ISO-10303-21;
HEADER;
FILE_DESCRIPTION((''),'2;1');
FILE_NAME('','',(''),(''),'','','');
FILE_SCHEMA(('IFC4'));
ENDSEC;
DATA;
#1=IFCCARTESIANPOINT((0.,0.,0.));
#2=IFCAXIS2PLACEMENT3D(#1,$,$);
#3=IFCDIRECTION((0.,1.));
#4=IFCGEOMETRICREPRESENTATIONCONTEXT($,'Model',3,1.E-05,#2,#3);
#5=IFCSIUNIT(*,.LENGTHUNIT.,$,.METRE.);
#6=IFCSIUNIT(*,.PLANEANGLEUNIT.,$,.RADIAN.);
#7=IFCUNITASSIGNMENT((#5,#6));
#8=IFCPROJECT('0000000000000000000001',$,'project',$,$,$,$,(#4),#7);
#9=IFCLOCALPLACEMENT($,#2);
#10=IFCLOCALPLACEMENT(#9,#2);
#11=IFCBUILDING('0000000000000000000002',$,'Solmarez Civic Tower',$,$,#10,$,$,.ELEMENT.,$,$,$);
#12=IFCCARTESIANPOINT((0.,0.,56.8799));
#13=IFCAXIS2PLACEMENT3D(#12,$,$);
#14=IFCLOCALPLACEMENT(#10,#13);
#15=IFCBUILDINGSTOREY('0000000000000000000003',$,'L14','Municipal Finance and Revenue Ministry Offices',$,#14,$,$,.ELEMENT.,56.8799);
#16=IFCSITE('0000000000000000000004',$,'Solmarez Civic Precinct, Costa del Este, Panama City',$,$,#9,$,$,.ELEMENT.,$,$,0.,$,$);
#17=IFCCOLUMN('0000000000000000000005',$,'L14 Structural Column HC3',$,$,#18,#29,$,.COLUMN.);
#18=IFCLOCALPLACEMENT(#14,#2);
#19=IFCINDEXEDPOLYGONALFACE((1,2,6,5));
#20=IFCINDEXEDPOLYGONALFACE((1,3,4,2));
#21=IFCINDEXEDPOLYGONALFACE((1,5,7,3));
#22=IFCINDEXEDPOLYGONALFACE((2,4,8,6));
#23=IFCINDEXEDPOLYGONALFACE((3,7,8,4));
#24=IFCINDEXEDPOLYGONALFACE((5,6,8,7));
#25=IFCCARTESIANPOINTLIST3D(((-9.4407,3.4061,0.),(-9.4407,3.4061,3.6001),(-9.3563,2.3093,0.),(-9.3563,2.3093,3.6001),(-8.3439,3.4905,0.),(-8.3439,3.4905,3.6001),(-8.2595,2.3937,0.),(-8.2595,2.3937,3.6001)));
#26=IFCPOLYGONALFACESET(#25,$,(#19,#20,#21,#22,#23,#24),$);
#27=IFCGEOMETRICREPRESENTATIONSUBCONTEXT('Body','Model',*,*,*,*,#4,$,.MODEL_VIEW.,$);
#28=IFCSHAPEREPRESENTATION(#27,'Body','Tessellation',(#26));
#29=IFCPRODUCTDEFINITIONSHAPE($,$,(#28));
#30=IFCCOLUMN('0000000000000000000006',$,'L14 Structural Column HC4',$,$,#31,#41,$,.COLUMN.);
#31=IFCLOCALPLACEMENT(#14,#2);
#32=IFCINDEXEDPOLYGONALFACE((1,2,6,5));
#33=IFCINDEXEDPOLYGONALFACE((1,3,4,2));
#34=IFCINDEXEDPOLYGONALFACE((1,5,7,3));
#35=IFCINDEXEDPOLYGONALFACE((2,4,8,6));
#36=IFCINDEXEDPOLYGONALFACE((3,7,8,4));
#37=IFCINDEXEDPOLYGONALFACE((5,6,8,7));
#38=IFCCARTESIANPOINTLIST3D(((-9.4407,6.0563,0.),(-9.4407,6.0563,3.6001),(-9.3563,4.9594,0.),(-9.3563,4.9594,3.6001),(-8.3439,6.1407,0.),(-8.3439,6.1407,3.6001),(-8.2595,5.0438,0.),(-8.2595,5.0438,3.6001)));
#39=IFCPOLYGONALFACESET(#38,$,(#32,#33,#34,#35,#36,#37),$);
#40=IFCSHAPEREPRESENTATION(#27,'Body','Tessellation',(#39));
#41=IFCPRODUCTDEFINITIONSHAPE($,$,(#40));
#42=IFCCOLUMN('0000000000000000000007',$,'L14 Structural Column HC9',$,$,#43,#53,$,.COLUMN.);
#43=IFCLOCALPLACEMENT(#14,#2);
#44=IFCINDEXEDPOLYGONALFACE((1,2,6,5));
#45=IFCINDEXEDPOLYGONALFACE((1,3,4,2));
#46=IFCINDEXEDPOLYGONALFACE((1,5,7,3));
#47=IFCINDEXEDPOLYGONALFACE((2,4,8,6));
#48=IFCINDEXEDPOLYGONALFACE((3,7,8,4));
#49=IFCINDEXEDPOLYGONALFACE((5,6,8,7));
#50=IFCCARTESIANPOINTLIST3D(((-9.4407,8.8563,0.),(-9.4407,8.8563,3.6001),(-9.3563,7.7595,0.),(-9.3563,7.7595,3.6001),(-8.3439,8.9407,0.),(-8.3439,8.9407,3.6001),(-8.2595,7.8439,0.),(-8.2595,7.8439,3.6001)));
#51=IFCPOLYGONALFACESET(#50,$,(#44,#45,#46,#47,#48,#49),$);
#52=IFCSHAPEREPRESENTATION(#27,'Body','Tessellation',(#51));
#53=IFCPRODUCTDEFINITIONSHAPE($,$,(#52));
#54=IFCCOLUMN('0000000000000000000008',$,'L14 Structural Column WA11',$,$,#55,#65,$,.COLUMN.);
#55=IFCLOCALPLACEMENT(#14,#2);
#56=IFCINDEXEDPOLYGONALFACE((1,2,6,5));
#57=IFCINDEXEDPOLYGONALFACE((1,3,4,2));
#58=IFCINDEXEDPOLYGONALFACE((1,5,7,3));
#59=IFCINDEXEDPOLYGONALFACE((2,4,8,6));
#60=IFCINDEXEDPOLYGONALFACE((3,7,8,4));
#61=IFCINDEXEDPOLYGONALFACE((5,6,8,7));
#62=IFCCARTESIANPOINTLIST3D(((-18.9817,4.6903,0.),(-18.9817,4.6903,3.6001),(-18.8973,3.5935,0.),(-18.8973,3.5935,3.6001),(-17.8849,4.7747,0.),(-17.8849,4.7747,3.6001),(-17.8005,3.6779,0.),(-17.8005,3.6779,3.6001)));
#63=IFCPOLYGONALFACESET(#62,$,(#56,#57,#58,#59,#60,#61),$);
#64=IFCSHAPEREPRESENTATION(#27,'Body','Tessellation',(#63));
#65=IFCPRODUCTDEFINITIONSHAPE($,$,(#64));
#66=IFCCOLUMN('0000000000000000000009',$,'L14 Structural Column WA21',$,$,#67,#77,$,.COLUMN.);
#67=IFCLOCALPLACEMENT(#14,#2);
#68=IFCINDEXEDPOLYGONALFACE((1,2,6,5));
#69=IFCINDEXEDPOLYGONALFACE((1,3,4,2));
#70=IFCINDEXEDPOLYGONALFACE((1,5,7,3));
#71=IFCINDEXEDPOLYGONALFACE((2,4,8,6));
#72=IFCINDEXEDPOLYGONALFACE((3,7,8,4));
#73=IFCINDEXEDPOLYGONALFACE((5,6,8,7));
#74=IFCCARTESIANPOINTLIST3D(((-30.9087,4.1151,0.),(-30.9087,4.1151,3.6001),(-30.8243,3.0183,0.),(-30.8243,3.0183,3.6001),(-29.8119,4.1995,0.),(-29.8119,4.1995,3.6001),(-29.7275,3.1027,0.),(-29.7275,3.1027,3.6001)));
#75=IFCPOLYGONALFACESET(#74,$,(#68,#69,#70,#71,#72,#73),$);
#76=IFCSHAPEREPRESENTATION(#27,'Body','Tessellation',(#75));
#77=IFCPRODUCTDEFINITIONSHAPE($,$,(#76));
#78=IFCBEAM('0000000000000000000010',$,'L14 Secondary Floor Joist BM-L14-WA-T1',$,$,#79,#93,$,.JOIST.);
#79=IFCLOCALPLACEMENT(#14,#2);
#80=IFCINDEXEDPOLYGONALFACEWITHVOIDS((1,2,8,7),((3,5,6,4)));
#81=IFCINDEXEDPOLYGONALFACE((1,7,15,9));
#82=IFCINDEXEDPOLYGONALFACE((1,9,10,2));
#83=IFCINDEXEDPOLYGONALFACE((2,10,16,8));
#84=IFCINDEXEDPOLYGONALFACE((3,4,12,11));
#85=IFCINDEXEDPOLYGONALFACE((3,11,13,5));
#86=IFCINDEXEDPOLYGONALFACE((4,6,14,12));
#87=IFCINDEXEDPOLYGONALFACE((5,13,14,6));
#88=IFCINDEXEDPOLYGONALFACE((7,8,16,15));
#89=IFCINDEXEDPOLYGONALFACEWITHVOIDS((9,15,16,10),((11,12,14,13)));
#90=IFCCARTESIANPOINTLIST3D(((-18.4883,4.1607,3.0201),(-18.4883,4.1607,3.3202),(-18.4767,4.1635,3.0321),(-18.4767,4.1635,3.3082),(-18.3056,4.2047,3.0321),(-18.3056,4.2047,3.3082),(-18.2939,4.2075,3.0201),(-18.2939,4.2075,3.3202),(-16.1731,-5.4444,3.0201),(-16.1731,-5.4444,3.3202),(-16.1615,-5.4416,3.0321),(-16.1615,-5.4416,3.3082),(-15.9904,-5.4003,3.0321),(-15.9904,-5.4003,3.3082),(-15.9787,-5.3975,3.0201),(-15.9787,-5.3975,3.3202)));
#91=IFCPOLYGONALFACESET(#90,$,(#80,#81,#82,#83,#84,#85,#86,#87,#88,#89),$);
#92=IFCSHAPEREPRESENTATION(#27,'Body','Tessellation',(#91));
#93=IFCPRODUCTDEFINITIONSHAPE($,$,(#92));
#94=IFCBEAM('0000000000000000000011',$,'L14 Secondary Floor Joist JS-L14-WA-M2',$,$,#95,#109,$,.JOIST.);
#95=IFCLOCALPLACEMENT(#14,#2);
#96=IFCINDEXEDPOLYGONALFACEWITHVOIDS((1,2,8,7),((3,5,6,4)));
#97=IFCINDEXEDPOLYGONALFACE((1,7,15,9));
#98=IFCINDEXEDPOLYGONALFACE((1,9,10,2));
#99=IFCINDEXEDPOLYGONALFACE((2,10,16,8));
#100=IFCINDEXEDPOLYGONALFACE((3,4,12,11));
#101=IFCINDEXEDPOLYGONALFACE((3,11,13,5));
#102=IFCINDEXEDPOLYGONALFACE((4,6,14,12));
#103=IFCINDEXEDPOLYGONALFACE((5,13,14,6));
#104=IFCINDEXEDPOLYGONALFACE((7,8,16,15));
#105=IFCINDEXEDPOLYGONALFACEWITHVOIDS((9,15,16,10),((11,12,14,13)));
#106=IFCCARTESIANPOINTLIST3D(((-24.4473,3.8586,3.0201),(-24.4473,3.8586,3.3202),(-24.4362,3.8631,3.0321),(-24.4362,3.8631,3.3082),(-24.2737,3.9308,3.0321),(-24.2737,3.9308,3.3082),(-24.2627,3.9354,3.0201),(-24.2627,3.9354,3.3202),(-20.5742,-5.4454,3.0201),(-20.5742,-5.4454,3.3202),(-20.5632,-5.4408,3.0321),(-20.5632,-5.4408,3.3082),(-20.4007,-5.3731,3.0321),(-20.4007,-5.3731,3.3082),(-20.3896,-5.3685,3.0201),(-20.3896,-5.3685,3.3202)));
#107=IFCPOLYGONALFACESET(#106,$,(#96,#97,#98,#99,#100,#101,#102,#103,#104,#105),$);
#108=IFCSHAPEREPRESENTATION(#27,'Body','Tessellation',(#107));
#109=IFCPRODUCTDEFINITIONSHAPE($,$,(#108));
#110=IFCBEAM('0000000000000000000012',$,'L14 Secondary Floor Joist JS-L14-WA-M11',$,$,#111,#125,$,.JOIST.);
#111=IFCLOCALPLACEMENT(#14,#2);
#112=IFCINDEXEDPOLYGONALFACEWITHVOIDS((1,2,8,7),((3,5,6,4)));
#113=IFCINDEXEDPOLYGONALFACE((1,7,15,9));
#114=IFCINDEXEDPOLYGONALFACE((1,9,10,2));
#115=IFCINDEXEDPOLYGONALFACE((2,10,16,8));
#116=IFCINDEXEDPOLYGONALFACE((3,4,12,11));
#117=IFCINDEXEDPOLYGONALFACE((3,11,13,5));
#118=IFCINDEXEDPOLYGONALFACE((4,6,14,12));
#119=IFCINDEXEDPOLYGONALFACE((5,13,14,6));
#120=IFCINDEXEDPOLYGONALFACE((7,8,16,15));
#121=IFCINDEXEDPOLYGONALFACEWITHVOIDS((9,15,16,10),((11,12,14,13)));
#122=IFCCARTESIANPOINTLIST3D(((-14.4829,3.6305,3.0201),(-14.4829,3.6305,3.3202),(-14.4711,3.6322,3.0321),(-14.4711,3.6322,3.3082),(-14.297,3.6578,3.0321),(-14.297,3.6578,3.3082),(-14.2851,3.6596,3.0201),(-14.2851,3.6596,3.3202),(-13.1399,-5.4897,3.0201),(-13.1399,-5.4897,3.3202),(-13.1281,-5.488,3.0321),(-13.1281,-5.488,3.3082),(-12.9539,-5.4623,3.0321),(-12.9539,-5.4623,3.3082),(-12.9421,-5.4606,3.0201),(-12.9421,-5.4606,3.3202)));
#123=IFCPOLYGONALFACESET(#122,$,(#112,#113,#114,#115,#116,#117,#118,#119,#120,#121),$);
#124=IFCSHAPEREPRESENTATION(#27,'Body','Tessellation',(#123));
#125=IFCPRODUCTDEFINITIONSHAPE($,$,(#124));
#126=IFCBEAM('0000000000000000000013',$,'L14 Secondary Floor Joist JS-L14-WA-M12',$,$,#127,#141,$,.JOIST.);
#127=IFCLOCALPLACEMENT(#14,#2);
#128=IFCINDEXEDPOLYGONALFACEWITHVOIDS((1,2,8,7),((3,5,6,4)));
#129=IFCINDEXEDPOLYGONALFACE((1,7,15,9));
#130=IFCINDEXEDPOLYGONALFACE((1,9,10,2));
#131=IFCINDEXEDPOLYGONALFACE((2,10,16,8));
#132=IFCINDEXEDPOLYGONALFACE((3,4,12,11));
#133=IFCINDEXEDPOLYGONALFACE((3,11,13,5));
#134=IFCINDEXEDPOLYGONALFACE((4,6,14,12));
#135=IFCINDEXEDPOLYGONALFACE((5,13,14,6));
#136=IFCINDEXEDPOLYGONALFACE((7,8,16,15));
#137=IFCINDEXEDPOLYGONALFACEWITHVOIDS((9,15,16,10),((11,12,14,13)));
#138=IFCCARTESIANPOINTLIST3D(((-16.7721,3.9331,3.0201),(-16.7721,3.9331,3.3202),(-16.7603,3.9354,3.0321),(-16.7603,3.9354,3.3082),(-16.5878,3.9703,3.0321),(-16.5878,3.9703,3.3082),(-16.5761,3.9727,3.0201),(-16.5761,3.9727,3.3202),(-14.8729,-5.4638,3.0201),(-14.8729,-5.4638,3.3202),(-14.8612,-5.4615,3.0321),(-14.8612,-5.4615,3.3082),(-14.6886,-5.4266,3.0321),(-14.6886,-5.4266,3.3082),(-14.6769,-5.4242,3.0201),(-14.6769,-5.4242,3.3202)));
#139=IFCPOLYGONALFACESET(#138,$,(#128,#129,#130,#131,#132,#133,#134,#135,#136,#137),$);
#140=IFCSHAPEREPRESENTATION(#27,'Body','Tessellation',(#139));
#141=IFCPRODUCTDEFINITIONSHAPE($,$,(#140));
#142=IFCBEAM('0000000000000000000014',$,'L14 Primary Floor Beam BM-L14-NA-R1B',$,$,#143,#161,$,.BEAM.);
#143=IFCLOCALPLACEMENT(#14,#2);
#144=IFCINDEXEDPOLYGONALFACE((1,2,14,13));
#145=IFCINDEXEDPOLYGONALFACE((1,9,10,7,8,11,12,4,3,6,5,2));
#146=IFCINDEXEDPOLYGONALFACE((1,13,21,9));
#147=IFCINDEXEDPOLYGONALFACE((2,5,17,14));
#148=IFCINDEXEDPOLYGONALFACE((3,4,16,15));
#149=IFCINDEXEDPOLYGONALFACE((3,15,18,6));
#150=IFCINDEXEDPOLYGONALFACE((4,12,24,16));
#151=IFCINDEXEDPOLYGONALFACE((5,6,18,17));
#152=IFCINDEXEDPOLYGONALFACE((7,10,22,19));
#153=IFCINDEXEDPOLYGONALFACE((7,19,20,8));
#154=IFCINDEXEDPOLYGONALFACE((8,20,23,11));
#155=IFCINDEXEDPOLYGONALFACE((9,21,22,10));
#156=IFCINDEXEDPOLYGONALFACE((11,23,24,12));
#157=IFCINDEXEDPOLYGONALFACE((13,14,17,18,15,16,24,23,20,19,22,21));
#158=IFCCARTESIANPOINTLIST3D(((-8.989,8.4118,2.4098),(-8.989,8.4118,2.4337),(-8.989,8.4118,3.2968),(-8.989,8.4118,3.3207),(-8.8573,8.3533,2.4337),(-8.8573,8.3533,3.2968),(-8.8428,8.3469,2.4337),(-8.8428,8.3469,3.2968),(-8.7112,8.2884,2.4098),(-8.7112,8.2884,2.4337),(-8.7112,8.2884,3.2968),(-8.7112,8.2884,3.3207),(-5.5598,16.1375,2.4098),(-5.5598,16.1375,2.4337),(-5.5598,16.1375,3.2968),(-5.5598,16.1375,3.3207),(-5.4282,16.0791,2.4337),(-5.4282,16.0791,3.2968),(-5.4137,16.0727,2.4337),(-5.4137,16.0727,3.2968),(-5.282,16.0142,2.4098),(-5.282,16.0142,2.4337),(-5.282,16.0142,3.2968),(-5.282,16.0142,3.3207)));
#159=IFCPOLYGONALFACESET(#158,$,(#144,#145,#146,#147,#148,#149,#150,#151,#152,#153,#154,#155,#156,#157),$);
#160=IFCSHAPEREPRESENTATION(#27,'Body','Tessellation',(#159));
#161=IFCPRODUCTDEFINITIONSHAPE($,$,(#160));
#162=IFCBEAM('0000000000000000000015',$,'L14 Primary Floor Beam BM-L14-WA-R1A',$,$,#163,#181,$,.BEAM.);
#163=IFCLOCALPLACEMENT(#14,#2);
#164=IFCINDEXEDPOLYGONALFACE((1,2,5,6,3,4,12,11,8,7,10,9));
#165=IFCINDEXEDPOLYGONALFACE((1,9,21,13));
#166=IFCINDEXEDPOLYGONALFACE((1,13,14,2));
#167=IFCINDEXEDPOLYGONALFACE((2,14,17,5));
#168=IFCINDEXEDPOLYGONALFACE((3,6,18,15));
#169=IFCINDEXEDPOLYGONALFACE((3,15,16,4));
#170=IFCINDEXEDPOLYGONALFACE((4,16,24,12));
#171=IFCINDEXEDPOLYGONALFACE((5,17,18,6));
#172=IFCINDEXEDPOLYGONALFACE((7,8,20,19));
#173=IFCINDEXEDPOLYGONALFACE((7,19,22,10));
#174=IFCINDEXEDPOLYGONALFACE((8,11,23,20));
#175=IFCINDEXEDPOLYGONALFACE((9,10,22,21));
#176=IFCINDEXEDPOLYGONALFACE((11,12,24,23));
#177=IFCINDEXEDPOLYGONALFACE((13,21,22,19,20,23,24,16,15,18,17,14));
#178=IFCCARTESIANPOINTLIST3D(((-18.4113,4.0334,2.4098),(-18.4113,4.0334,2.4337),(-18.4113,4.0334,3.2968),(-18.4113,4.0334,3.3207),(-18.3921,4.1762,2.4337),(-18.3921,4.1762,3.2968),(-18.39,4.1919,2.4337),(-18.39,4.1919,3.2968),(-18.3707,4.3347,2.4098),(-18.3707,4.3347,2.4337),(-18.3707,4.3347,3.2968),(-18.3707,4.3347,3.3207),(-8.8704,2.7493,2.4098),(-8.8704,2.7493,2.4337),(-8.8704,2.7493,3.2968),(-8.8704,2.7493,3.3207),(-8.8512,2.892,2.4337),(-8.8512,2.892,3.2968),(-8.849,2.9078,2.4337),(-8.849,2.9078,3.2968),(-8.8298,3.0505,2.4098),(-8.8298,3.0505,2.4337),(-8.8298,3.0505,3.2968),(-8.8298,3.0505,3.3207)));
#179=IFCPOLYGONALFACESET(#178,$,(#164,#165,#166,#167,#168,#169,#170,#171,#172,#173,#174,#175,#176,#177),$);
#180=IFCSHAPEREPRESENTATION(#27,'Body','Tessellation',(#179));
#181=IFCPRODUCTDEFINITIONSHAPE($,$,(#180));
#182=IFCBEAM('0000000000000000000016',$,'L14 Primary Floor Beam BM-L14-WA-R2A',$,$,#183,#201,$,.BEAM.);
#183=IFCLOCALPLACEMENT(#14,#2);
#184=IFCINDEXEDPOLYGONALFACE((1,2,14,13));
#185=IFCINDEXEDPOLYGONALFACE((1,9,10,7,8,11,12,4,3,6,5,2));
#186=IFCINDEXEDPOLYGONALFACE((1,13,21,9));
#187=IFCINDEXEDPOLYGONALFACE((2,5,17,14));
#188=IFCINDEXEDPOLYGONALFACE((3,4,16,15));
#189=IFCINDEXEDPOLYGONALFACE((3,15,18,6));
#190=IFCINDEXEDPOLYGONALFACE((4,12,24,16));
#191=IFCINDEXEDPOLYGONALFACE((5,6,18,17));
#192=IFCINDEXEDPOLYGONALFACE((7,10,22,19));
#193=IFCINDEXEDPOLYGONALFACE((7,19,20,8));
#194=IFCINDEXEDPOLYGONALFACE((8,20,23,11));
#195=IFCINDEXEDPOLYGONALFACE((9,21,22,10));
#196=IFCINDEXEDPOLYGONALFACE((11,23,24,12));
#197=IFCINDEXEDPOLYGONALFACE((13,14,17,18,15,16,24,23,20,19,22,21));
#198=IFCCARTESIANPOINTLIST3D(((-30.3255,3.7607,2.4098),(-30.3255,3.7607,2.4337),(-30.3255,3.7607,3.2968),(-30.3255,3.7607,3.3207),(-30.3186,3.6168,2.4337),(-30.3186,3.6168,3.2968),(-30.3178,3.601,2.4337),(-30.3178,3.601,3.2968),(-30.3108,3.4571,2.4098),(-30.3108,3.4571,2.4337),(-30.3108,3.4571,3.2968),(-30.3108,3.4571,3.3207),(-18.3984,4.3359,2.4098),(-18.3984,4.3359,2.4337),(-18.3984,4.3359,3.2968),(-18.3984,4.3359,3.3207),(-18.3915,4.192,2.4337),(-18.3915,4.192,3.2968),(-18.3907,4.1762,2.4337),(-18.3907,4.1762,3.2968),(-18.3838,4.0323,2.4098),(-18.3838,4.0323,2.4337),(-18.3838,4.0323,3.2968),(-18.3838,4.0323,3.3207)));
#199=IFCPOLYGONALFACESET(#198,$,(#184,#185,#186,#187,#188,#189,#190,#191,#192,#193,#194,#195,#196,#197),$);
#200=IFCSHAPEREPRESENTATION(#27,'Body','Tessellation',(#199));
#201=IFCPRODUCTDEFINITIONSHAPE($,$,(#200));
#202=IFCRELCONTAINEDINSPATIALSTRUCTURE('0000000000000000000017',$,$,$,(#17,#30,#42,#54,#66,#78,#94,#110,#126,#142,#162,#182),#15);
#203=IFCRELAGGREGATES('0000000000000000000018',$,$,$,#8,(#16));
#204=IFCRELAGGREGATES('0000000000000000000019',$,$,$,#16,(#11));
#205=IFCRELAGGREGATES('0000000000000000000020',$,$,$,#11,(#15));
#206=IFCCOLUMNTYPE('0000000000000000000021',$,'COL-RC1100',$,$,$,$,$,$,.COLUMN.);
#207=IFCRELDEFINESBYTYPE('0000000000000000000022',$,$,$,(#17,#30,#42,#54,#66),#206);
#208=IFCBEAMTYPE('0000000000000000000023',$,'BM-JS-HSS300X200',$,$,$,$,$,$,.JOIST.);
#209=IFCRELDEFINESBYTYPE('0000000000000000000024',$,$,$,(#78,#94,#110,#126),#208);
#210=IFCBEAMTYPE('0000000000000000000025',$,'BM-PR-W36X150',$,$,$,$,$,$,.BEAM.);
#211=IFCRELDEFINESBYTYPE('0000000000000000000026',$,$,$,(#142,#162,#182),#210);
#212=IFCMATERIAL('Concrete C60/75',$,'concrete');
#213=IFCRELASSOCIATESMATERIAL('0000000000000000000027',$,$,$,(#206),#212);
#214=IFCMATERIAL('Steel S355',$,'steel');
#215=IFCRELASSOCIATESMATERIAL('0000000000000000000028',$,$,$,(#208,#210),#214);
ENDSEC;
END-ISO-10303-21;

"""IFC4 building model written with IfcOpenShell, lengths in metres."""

from ifc_helpers import new_model, si_unit, direction, frame, origin, origin_2d, place, context, subcontext, project, spatial, rectangle, hollow_rectangle, i_section, extrude, material, material_profile, profile_set, type_object, element, save


model = new_model("IFC4")

# Units and contexts
model_context = context("Model", 3, precision=1e-05, world=origin(), true_north=direction((0.0, 1.0)))
body_context = subcontext(model_context, "Body", "Model", "MODEL_VIEW")
ifc_project = project(units=[si_unit("LENGTHUNIT", "METRE"), si_unit("PLANEANGLEUNIT", "RADIAN")], contexts=[model_context])

# Site, building, storey
site_placement = place(None, origin())
site = spatial("IfcSite", under=ifc_project, at=site_placement, Name="Solmarez Civic Precinct, Costa del Este, Panama City", CompositionType="ELEMENT", RefElevation=0.0)
building_placement = place(site_placement, origin())
building = spatial("IfcBuilding", under=site, at=building_placement, Name="Solmarez Civic Tower", CompositionType="ELEMENT")
storey_placement = place(building_placement, frame((0.0, 0.0, 56.8799)))
storey = spatial("IfcBuildingStorey", under=building, at=storey_placement, Name="L14", Description="Municipal Finance and Revenue Ministry Offices", CompositionType="ELEMENT", Elevation=56.8799)

# Columns
ifc_material_1 = material(Name="Concrete C60/75", Category="concrete")
ifc_material_profile_1 = material_profile(ifc_material_1, rectangle(XDim=1.1001, YDim=1.1001, at=origin_2d()), Name="RC1100X1100")
ifc_profile_set_1 = profile_set([ifc_material_profile_1], Name="Concrete C60/75")
column_type = type_object("IfcColumnType", Name="COL-RC1100", PredefinedType="COLUMN", material=ifc_profile_set_1)
for number, where, z_axis, x_axis, name in (
    (1, (-8.8501, 2.8999, 0.0), (0.0, 0.0, 1.0), (0.997053, 0.076719, 0.0), "L14 Structural Column HC3"),
    (2, (-8.8501, 5.55, 0.0), (0.0, 0.0, 1.0), (0.997053, 0.076719, 0.0), "L14 Structural Column HC4"),
    (3, (-8.8501, 8.3501, 0.0), (0.0, 0.0, 1.0), (0.997053, 0.076719, 0.0), "L14 Structural Column HC9"),
    (4, (-18.3911, 4.1841, 0.0), (0.0, 0.0, 1.0), (0.997053, 0.076719, 0.0), "L14 Structural Column WA11"),
    (5, (-30.3181, 3.6089, 0.0), (0.0, 0.0, 1.0), (0.997053, 0.076719, 0.0), "L14 Structural Column WA21"),
):
    element("IfcColumn", number, at=place(storey_placement, frame(where, z_axis=z_axis, x_axis=x_axis)), inside=storey, type_object=column_type, Name=name, PredefinedType="COLUMN", context=body_context, shape_type="SweptSolid", body=[
        extrude(rectangle(XDim=1.1001, YDim=1.1001, at=origin_2d()), origin(), (0.0, 0.0, 1.0), 3.6001),
    ])

# Beams
ifc_material_2 = material(Name="Steel S355", Category="steel")
ifc_material_profile_2 = material_profile(ifc_material_2, hollow_rectangle(XDim=0.2, YDim=0.3, WallThickness=0.012, at=origin_2d()), Name="HSS300X200X12")
ifc_profile_set_2 = profile_set([ifc_material_profile_2], Name="Steel S355")
beam_type_1 = type_object("IfcBeamType", Name="BM-JS-HSS300X200", PredefinedType="JOIST", material=ifc_profile_set_2)
beam_1_placement = place(storey_placement, frame((-18.3911, 4.1841, 3.1702), z_axis=(0.234329, -0.972157, 0.0), x_axis=(0.972157, 0.234329, 0.0)))
element("IfcBeam", 6, at=beam_1_placement, inside=storey, type_object=beam_type_1, Name="L14 Secondary Floor Joist BM-L14-WA-T1", PredefinedType="JOIST", context=body_context, shape_type="SweptSolid", body=[
    extrude(hollow_rectangle(XDim=0.2, YDim=0.3, WallThickness=0.012, at=origin_2d()), origin(), (0.0, 0.0, 1.0), 9.8801),
])
beam_2_placement = place(storey_placement, frame((-24.355, 3.897, 3.1702), z_axis=(0.384311, -0.923204, 0.0), x_axis=(0.923204, 0.384311, 0.0)))
element("IfcBeam", 7, at=beam_2_placement, inside=storey, type_object=beam_type_1, Name="L14 Secondary Floor Joist JS-L14-WA-M2", PredefinedType="JOIST", context=body_context, shape_type="SweptSolid", body=[
    extrude(hollow_rectangle(XDim=0.2, YDim=0.3, WallThickness=0.012, at=origin_2d()), origin(), (0.0, 0.0, 1.0), 10.0779),
])
beam_3_placement = place(storey_placement, frame((-14.384, 3.645, 3.1702), z_axis=(0.145688, -0.989331, 0.0), x_axis=(0.989331, 0.145688, 0.0)))
element("IfcBeam", 8, at=beam_3_placement, inside=storey, type_object=beam_type_1, Name="L14 Secondary Floor Joist JS-L14-WA-M11", PredefinedType="JOIST", context=body_context, shape_type="SweptSolid", body=[
    extrude(hollow_rectangle(XDim=0.2, YDim=0.3, WallThickness=0.012, at=origin_2d()), origin(), (0.0, 0.0, 1.0), 9.2185),
])
beam_4_placement = place(storey_placement, frame((-16.6741, 3.9529, 3.1702), z_axis=(0.198099, -0.980182, 0.0), x_axis=(0.980182, 0.198099, 0.0)))
element("IfcBeam", 9, at=beam_4_placement, inside=storey, type_object=beam_type_1, Name="L14 Secondary Floor Joist JS-L14-WA-M12", PredefinedType="JOIST", context=body_context, shape_type="SweptSolid", body=[
    extrude(hollow_rectangle(XDim=0.2, YDim=0.3, WallThickness=0.012, at=origin_2d()), origin(), (0.0, 0.0, 1.0), 9.5869),
])
ifc_material_profile_3 = material_profile(ifc_material_2, i_section(OverallWidth=0.304, OverallDepth=0.9109, WebThickness=0.0159, FlangeThickness=0.0239, at=origin_2d()), Name="W36X150")
ifc_profile_set_3 = profile_set([ifc_material_profile_3], Name="Steel S355")
beam_type_2 = type_object("IfcBeamType", Name="BM-PR-W36X150", PredefinedType="BEAM", material=ifc_profile_set_3)
beam_5_placement = place(storey_placement, frame((-8.8501, 8.3501, 2.8652), z_axis=(0.405694, 0.914009, 0.0), x_axis=(-0.914009, 0.405694, 0.0)))
element("IfcBeam", 10, at=beam_5_placement, inside=storey, type_object=beam_type_2, Name="L14 Primary Floor Beam BM-L14-NA-R1B", PredefinedType="BEAM", context=body_context, shape_type="SweptSolid", body=[
    extrude(i_section(OverallWidth=0.304, OverallDepth=0.9109, WebThickness=0.0159, FlangeThickness=0.0239, at=origin_2d()), origin(), (0.0, 0.0, 1.0), 8.4526),
])
beam_6_placement = place(storey_placement, frame((-8.8501, 2.8999, 2.8652), z_axis=(-0.991063, 0.133393, 0.0), x_axis=(-0.133393, -0.991063, 0.0)))
element("IfcBeam", 11, at=beam_6_placement, inside=storey, type_object=beam_type_2, Name="L14 Primary Floor Beam BM-L14-WA-R1A", PredefinedType="BEAM", context=body_context, shape_type="SweptSolid", body=[
    extrude(i_section(OverallWidth=0.304, OverallDepth=0.9109, WebThickness=0.0159, FlangeThickness=0.0239, at=origin_2d()), origin(), (0.0, 0.0, 1.0), 9.627),
])
beam_7_placement = place(storey_placement, frame((-18.3911, 4.1841, 2.8652), z_axis=(-0.998839, -0.04817, 0.0), x_axis=(0.04817, -0.998839, 0.0)))
element("IfcBeam", 12, at=beam_7_placement, inside=storey, type_object=beam_type_2, Name="L14 Primary Floor Beam BM-L14-WA-R2A", PredefinedType="BEAM", context=body_context, shape_type="SweptSolid", body=[
    extrude(i_section(OverallWidth=0.304, OverallDepth=0.9109, WebThickness=0.0159, FlangeThickness=0.0239, at=origin_2d()), origin(), (0.0, 0.0, 1.0), 11.9409),
])

save(model, "model.ifc")
